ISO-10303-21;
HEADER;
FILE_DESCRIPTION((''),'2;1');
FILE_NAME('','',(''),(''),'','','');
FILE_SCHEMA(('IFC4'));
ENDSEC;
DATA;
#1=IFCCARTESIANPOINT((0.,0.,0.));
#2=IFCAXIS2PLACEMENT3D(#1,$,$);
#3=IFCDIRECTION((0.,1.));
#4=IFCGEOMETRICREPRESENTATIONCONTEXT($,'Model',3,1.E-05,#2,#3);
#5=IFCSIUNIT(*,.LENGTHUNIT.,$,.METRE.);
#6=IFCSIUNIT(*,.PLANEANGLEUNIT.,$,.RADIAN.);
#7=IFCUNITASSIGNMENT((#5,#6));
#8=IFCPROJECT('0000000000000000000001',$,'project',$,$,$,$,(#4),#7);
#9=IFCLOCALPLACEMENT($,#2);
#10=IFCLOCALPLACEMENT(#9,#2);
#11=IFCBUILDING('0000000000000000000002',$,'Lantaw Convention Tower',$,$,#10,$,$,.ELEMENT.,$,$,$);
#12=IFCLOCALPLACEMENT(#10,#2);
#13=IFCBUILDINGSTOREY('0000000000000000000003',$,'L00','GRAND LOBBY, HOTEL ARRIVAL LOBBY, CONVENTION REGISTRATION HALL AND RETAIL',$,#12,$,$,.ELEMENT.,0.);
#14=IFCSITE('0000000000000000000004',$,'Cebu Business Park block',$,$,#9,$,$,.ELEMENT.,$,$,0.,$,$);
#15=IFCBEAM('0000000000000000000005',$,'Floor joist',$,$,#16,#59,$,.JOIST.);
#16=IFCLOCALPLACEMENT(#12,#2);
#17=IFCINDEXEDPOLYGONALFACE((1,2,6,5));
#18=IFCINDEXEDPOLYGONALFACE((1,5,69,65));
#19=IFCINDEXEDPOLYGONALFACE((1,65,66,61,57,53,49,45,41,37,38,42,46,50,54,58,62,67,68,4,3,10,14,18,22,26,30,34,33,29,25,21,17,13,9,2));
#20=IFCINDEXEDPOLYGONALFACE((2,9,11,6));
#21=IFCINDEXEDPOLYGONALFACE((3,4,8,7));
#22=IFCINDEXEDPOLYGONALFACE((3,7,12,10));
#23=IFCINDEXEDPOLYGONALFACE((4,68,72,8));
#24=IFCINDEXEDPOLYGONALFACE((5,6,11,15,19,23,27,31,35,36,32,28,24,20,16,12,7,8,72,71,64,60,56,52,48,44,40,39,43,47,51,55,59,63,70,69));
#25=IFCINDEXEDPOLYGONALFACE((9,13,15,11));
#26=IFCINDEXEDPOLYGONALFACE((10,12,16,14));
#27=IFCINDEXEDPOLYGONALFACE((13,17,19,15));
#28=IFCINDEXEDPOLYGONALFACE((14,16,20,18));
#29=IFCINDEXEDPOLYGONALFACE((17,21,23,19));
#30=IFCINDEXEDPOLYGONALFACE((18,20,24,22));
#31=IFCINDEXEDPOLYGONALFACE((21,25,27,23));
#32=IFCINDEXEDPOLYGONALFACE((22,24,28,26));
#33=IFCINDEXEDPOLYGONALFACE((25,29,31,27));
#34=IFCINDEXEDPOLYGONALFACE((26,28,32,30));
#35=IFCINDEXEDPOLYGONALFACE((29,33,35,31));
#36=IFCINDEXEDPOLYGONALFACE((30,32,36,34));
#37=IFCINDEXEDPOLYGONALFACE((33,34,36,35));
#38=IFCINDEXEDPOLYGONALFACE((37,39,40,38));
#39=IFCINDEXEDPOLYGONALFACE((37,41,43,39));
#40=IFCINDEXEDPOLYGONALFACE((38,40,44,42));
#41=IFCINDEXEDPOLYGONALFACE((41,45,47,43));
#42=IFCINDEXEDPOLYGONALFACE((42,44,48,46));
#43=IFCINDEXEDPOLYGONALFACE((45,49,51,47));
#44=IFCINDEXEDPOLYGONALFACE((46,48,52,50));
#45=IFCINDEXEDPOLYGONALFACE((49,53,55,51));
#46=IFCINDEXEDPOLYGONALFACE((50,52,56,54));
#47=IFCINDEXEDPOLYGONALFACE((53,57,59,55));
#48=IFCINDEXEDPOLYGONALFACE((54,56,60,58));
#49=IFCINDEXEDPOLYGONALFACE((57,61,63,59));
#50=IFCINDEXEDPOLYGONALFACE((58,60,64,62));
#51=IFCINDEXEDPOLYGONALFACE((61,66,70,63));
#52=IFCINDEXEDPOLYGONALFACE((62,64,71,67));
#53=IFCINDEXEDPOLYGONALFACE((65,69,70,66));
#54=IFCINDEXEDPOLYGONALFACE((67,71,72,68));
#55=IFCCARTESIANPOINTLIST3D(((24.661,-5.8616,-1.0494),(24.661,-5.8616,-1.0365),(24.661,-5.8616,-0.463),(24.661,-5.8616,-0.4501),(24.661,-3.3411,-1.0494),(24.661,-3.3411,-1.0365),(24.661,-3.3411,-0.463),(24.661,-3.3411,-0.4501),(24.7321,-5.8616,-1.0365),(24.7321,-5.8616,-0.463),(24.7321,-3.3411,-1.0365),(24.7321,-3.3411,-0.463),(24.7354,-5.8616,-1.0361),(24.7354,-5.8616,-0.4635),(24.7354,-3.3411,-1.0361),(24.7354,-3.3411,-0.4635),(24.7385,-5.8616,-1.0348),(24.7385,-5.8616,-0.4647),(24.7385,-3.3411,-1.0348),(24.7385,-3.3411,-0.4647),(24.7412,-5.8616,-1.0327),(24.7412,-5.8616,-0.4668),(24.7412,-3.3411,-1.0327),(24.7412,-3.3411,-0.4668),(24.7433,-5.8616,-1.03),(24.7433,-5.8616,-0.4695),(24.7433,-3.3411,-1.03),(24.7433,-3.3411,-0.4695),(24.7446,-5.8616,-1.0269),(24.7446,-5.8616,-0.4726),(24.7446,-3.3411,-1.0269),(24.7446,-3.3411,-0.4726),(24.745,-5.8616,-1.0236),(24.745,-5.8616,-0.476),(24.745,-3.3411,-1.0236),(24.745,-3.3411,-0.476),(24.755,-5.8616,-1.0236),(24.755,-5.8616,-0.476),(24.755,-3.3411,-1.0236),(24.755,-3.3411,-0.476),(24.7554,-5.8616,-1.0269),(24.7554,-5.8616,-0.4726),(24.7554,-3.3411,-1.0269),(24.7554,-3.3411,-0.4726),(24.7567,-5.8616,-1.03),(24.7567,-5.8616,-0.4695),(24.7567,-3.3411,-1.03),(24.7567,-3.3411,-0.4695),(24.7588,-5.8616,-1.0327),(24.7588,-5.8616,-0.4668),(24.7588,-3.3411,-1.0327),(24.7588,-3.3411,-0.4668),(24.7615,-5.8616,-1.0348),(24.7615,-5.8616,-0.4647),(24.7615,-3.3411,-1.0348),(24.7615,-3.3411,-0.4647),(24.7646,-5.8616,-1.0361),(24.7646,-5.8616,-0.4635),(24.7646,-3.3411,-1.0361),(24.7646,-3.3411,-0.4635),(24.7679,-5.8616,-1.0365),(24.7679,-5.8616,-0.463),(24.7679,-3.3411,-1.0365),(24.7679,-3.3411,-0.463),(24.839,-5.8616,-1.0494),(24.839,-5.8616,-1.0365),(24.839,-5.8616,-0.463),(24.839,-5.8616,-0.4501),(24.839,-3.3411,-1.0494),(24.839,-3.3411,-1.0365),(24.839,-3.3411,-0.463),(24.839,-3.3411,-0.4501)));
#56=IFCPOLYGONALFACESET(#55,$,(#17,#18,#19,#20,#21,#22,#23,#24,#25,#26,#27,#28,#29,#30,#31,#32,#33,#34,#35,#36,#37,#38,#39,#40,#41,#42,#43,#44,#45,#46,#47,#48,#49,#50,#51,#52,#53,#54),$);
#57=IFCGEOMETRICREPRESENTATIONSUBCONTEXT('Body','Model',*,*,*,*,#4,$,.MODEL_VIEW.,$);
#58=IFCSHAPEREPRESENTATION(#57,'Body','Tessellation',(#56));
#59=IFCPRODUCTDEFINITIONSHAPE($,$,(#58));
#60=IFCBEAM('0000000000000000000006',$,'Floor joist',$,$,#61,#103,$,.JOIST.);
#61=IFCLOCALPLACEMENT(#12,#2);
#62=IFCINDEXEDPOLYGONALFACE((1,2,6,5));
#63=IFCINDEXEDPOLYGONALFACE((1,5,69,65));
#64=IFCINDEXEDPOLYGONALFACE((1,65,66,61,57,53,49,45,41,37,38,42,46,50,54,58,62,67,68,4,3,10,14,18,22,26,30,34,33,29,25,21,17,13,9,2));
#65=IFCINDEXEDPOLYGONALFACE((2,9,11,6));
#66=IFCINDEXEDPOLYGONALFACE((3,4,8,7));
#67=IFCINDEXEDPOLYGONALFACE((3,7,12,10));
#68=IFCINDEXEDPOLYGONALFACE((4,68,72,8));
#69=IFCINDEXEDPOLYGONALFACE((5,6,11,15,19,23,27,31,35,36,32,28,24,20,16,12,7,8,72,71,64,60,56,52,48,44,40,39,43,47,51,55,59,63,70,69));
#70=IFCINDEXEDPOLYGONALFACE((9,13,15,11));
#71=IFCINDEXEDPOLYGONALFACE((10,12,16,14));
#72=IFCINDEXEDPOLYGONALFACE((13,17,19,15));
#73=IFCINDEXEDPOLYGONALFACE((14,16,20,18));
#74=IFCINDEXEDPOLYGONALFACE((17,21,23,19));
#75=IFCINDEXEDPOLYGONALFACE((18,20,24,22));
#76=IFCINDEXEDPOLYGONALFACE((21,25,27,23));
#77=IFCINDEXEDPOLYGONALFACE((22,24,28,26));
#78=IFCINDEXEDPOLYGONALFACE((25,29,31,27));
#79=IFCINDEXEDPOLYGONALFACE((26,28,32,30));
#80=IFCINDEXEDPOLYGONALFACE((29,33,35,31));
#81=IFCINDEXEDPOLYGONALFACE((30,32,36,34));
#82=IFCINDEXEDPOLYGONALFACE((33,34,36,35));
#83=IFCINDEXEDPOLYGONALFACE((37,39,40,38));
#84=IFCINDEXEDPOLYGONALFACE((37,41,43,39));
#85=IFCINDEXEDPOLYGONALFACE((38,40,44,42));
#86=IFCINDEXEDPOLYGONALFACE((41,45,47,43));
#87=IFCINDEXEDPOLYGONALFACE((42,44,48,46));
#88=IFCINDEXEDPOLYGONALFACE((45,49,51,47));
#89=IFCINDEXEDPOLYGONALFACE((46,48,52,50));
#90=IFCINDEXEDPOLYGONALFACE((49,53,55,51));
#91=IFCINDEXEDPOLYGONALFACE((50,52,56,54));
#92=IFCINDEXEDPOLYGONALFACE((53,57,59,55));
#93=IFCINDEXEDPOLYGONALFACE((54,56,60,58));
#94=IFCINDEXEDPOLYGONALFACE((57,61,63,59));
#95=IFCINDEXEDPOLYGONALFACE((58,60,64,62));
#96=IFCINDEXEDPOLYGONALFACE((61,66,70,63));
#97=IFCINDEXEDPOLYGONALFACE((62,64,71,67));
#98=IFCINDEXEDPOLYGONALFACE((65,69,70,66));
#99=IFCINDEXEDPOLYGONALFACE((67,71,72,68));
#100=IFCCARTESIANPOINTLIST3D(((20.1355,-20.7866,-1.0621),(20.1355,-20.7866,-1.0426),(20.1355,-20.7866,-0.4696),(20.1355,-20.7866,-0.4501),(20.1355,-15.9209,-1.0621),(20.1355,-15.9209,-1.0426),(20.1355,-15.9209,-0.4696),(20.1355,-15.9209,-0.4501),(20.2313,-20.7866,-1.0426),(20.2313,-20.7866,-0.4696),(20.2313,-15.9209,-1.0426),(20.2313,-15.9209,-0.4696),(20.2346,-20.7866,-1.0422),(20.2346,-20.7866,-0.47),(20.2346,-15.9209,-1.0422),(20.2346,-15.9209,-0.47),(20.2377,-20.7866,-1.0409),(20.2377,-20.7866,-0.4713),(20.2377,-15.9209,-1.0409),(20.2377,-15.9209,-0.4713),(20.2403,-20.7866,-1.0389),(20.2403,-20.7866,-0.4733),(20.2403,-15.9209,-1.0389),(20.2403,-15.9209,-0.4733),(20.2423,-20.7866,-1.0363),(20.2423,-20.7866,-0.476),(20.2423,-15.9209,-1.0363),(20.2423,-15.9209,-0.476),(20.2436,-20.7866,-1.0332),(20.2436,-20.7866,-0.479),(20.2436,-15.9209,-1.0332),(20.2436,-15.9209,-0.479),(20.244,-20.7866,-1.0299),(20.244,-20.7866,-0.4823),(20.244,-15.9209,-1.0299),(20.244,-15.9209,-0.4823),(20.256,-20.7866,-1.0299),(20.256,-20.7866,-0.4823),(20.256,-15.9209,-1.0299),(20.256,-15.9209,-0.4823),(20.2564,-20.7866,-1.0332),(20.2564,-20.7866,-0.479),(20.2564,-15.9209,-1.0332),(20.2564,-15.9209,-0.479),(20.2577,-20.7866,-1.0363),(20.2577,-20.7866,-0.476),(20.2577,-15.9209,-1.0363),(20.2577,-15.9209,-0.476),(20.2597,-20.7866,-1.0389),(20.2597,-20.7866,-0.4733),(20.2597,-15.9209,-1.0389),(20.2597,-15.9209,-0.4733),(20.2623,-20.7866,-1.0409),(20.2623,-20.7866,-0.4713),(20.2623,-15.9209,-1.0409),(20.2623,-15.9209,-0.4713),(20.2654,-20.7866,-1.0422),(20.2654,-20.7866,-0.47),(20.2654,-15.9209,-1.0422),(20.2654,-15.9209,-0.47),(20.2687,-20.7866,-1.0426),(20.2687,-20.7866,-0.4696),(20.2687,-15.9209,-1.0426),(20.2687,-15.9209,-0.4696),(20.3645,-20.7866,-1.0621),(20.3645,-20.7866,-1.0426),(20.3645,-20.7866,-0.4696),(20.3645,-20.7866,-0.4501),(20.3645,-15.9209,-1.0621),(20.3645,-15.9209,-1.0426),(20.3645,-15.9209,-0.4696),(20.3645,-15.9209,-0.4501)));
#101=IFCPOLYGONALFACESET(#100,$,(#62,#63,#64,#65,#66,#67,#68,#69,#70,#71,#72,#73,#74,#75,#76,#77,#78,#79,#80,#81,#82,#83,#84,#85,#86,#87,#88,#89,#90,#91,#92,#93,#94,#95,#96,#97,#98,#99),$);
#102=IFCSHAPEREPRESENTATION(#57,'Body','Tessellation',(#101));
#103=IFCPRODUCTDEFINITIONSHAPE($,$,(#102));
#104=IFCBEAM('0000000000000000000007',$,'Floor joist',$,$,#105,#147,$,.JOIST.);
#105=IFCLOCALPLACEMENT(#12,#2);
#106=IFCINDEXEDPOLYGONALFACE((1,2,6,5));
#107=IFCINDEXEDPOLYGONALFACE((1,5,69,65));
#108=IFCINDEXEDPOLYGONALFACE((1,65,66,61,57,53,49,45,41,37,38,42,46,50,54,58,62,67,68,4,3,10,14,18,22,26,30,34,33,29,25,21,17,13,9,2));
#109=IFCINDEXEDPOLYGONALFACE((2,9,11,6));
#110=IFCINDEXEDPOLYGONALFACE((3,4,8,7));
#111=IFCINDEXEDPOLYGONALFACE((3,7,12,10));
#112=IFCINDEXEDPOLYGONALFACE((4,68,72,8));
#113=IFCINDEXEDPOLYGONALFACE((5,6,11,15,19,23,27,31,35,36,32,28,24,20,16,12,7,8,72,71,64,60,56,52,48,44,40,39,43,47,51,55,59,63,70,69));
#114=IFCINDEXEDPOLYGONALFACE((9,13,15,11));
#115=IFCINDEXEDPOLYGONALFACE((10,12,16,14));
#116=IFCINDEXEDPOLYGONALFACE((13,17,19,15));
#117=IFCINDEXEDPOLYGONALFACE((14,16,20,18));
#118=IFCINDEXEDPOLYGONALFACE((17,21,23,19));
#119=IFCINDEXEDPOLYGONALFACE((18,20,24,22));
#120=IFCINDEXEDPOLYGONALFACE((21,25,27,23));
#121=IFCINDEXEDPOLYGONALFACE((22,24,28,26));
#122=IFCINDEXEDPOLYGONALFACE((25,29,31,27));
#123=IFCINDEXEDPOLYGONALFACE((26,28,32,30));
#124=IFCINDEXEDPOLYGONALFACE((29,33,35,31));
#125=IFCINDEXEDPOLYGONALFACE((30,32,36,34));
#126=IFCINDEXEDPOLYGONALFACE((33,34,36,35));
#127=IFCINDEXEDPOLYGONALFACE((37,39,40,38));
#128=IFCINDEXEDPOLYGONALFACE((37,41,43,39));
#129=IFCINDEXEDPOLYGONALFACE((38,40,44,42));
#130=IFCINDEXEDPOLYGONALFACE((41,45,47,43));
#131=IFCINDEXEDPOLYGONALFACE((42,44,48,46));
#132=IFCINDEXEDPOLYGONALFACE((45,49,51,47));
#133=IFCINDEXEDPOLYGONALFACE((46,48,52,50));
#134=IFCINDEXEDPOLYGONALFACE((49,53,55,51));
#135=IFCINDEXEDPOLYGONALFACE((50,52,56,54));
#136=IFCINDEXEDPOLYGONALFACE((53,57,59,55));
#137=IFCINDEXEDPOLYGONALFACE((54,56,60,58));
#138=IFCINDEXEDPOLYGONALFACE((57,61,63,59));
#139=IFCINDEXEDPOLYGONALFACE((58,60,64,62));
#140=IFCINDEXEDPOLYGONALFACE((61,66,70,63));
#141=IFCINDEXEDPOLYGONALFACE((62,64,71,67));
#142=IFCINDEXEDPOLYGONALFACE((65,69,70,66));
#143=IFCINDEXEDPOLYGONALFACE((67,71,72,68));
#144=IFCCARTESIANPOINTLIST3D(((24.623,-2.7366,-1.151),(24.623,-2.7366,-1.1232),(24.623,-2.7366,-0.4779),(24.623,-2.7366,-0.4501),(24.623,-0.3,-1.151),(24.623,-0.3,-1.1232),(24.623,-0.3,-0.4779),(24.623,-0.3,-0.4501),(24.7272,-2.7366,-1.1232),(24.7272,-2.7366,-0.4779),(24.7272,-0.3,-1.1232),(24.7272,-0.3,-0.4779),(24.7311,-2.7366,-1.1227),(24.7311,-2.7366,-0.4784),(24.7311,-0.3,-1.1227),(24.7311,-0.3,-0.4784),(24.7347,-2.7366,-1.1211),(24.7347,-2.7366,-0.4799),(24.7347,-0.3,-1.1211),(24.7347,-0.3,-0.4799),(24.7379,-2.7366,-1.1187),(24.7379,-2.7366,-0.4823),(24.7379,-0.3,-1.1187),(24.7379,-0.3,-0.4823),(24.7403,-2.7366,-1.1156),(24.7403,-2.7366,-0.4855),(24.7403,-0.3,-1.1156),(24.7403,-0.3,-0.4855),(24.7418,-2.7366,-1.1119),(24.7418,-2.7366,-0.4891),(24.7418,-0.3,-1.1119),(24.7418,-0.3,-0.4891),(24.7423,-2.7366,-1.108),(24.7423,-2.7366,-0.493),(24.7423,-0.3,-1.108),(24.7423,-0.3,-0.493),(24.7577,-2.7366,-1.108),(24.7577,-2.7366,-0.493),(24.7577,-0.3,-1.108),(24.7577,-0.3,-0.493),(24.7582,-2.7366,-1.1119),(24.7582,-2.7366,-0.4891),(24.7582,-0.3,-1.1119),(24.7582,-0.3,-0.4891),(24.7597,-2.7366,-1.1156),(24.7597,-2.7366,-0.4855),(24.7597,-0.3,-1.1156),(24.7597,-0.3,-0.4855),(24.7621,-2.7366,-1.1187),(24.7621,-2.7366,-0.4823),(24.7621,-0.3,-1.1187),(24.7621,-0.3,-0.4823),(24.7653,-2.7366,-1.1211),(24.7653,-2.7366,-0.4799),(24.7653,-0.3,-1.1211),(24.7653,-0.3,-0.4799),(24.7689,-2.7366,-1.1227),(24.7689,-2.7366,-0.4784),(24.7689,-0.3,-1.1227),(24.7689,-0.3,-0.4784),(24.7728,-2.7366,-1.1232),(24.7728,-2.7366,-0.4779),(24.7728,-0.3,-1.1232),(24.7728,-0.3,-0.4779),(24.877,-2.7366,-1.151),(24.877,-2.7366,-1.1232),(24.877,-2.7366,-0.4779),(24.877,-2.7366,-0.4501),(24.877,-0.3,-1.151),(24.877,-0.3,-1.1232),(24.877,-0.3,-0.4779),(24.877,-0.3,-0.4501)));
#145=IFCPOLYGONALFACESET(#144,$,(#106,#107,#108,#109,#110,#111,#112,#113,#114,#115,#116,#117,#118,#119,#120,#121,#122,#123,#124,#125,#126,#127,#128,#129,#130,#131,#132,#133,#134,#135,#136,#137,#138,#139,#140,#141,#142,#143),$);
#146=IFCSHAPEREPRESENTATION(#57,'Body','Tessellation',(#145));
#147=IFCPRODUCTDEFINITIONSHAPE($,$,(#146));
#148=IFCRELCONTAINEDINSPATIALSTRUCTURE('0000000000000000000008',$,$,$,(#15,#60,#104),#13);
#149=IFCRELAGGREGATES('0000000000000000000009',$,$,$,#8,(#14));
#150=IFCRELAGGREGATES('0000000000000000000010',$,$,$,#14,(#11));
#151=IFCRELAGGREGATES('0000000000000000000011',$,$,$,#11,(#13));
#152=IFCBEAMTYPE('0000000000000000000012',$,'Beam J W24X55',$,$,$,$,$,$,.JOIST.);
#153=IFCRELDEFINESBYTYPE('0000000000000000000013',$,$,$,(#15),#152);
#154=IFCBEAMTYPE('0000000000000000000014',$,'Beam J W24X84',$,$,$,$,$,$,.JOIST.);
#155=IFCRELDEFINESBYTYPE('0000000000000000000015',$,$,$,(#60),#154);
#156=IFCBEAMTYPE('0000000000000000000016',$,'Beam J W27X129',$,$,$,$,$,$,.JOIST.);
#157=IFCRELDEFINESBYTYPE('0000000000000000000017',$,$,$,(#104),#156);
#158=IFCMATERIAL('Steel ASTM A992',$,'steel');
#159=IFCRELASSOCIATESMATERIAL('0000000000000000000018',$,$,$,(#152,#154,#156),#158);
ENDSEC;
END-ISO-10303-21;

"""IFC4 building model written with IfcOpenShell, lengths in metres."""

from ifc_helpers import new_model, si_unit, direction, frame, origin, origin_2d, place, context, subcontext, project, spatial, i_section, extrude, material, material_profile, profile_set, type_object, element, save


model = new_model("IFC4")

# Units and contexts
model_context = context("Model", 3, precision=1e-05, world=origin(), true_north=direction((0.0, 1.0)))
body_context = subcontext(model_context, "Body", "Model", "MODEL_VIEW")
ifc_project = project(units=[si_unit("LENGTHUNIT", "METRE"), si_unit("PLANEANGLEUNIT", "RADIAN")], contexts=[model_context])

# Site, building, storey
site_placement = place(None, origin())
site = spatial("IfcSite", under=ifc_project, at=site_placement, Name="Cebu Business Park block", CompositionType="ELEMENT", RefElevation=0.0)
building_placement = place(site_placement, origin())
building = spatial("IfcBuilding", under=site, at=building_placement, Name="Lantaw Convention Tower", CompositionType="ELEMENT")
storey_placement = place(building_placement, origin())
storey = spatial("IfcBuildingStorey", under=building, at=storey_placement, Name="L00", Description="GRAND LOBBY, HOTEL ARRIVAL LOBBY, CONVENTION REGISTRATION HALL AND RETAIL", CompositionType="ELEMENT", Elevation=0.0)

# Beams
ifc_material_1 = material(Name="Steel ASTM A992", Category="steel")
ifc_material_profile_1 = material_profile(ifc_material_1, i_section(OverallWidth=0.178, OverallDepth=0.5994, WebThickness=0.01, FlangeThickness=0.0129, FilletRadius=0.0129, at=origin_2d()), Name="W24X55")
ifc_profile_set_1 = profile_set([ifc_material_profile_1], Name="Steel ASTM A992")
beam_type_1 = type_object("IfcBeamType", Name="Beam J W24X55", PredefinedType="JOIST", material=ifc_profile_set_1)
beam_1_placement = place(storey_placement, frame((24.75, -5.8616, -0.7498), z_axis=(0.0, 1.0, 0.0), x_axis=(-1.0, 0.0, 0.0)))
element("IfcBeam", 1, at=beam_1_placement, inside=storey, type_object=beam_type_1, Name="Floor joist", PredefinedType="JOIST", context=body_context, shape_type="SweptSolid", body=[
    extrude(i_section(OverallWidth=0.178, OverallDepth=0.5994, WebThickness=0.01, FlangeThickness=0.0129, FilletRadius=0.0129, at=origin_2d()), origin(), (0.0, 0.0, 1.0), 2.5205),
])
ifc_material_profile_2 = material_profile(ifc_material_1, i_section(OverallWidth=0.229, OverallDepth=0.6121, WebThickness=0.012, FlangeThickness=0.0195, FilletRadius=0.0127, at=origin_2d()), Name="W24X84")
ifc_profile_set_2 = profile_set([ifc_material_profile_2], Name="Steel ASTM A992")
beam_type_2 = type_object("IfcBeamType", Name="Beam J W24X84", PredefinedType="JOIST", material=ifc_profile_set_2)
beam_2_placement = place(storey_placement, frame((20.25, -20.7866, -0.7561), z_axis=(0.0, 1.0, 0.0), x_axis=(-1.0, 0.0, 0.0)))
element("IfcBeam", 2, at=beam_2_placement, inside=storey, type_object=beam_type_2, Name="Floor joist", PredefinedType="JOIST", context=body_context, shape_type="SweptSolid", body=[
    extrude(i_section(OverallWidth=0.229, OverallDepth=0.6121, WebThickness=0.012, FlangeThickness=0.0195, FilletRadius=0.0127, at=origin_2d()), origin(), (0.0, 0.0, 1.0), 4.8657),
])
ifc_material_profile_3 = material_profile(ifc_material_1, i_section(OverallWidth=0.2539, OverallDepth=0.7009, WebThickness=0.0154, FlangeThickness=0.0278, FilletRadius=0.0151, at=origin_2d()), Name="W27X129")
ifc_profile_set_3 = profile_set([ifc_material_profile_3], Name="Steel ASTM A992")
beam_type_3 = type_object("IfcBeamType", Name="Beam J W27X129", PredefinedType="JOIST", material=ifc_profile_set_3)
beam_3_placement = place(storey_placement, frame((24.75, -2.7366, -0.8005), z_axis=(0.0, 1.0, 0.0), x_axis=(-1.0, 0.0, 0.0)))
element("IfcBeam", 3, at=beam_3_placement, inside=storey, type_object=beam_type_3, Name="Floor joist", PredefinedType="JOIST", context=body_context, shape_type="SweptSolid", body=[
    extrude(i_section(OverallWidth=0.2539, OverallDepth=0.7009, WebThickness=0.0154, FlangeThickness=0.0278, FilletRadius=0.0151, at=origin_2d()), origin(), (0.0, 0.0, 1.0), 2.4365),
])

save(model, "model.ifc")
